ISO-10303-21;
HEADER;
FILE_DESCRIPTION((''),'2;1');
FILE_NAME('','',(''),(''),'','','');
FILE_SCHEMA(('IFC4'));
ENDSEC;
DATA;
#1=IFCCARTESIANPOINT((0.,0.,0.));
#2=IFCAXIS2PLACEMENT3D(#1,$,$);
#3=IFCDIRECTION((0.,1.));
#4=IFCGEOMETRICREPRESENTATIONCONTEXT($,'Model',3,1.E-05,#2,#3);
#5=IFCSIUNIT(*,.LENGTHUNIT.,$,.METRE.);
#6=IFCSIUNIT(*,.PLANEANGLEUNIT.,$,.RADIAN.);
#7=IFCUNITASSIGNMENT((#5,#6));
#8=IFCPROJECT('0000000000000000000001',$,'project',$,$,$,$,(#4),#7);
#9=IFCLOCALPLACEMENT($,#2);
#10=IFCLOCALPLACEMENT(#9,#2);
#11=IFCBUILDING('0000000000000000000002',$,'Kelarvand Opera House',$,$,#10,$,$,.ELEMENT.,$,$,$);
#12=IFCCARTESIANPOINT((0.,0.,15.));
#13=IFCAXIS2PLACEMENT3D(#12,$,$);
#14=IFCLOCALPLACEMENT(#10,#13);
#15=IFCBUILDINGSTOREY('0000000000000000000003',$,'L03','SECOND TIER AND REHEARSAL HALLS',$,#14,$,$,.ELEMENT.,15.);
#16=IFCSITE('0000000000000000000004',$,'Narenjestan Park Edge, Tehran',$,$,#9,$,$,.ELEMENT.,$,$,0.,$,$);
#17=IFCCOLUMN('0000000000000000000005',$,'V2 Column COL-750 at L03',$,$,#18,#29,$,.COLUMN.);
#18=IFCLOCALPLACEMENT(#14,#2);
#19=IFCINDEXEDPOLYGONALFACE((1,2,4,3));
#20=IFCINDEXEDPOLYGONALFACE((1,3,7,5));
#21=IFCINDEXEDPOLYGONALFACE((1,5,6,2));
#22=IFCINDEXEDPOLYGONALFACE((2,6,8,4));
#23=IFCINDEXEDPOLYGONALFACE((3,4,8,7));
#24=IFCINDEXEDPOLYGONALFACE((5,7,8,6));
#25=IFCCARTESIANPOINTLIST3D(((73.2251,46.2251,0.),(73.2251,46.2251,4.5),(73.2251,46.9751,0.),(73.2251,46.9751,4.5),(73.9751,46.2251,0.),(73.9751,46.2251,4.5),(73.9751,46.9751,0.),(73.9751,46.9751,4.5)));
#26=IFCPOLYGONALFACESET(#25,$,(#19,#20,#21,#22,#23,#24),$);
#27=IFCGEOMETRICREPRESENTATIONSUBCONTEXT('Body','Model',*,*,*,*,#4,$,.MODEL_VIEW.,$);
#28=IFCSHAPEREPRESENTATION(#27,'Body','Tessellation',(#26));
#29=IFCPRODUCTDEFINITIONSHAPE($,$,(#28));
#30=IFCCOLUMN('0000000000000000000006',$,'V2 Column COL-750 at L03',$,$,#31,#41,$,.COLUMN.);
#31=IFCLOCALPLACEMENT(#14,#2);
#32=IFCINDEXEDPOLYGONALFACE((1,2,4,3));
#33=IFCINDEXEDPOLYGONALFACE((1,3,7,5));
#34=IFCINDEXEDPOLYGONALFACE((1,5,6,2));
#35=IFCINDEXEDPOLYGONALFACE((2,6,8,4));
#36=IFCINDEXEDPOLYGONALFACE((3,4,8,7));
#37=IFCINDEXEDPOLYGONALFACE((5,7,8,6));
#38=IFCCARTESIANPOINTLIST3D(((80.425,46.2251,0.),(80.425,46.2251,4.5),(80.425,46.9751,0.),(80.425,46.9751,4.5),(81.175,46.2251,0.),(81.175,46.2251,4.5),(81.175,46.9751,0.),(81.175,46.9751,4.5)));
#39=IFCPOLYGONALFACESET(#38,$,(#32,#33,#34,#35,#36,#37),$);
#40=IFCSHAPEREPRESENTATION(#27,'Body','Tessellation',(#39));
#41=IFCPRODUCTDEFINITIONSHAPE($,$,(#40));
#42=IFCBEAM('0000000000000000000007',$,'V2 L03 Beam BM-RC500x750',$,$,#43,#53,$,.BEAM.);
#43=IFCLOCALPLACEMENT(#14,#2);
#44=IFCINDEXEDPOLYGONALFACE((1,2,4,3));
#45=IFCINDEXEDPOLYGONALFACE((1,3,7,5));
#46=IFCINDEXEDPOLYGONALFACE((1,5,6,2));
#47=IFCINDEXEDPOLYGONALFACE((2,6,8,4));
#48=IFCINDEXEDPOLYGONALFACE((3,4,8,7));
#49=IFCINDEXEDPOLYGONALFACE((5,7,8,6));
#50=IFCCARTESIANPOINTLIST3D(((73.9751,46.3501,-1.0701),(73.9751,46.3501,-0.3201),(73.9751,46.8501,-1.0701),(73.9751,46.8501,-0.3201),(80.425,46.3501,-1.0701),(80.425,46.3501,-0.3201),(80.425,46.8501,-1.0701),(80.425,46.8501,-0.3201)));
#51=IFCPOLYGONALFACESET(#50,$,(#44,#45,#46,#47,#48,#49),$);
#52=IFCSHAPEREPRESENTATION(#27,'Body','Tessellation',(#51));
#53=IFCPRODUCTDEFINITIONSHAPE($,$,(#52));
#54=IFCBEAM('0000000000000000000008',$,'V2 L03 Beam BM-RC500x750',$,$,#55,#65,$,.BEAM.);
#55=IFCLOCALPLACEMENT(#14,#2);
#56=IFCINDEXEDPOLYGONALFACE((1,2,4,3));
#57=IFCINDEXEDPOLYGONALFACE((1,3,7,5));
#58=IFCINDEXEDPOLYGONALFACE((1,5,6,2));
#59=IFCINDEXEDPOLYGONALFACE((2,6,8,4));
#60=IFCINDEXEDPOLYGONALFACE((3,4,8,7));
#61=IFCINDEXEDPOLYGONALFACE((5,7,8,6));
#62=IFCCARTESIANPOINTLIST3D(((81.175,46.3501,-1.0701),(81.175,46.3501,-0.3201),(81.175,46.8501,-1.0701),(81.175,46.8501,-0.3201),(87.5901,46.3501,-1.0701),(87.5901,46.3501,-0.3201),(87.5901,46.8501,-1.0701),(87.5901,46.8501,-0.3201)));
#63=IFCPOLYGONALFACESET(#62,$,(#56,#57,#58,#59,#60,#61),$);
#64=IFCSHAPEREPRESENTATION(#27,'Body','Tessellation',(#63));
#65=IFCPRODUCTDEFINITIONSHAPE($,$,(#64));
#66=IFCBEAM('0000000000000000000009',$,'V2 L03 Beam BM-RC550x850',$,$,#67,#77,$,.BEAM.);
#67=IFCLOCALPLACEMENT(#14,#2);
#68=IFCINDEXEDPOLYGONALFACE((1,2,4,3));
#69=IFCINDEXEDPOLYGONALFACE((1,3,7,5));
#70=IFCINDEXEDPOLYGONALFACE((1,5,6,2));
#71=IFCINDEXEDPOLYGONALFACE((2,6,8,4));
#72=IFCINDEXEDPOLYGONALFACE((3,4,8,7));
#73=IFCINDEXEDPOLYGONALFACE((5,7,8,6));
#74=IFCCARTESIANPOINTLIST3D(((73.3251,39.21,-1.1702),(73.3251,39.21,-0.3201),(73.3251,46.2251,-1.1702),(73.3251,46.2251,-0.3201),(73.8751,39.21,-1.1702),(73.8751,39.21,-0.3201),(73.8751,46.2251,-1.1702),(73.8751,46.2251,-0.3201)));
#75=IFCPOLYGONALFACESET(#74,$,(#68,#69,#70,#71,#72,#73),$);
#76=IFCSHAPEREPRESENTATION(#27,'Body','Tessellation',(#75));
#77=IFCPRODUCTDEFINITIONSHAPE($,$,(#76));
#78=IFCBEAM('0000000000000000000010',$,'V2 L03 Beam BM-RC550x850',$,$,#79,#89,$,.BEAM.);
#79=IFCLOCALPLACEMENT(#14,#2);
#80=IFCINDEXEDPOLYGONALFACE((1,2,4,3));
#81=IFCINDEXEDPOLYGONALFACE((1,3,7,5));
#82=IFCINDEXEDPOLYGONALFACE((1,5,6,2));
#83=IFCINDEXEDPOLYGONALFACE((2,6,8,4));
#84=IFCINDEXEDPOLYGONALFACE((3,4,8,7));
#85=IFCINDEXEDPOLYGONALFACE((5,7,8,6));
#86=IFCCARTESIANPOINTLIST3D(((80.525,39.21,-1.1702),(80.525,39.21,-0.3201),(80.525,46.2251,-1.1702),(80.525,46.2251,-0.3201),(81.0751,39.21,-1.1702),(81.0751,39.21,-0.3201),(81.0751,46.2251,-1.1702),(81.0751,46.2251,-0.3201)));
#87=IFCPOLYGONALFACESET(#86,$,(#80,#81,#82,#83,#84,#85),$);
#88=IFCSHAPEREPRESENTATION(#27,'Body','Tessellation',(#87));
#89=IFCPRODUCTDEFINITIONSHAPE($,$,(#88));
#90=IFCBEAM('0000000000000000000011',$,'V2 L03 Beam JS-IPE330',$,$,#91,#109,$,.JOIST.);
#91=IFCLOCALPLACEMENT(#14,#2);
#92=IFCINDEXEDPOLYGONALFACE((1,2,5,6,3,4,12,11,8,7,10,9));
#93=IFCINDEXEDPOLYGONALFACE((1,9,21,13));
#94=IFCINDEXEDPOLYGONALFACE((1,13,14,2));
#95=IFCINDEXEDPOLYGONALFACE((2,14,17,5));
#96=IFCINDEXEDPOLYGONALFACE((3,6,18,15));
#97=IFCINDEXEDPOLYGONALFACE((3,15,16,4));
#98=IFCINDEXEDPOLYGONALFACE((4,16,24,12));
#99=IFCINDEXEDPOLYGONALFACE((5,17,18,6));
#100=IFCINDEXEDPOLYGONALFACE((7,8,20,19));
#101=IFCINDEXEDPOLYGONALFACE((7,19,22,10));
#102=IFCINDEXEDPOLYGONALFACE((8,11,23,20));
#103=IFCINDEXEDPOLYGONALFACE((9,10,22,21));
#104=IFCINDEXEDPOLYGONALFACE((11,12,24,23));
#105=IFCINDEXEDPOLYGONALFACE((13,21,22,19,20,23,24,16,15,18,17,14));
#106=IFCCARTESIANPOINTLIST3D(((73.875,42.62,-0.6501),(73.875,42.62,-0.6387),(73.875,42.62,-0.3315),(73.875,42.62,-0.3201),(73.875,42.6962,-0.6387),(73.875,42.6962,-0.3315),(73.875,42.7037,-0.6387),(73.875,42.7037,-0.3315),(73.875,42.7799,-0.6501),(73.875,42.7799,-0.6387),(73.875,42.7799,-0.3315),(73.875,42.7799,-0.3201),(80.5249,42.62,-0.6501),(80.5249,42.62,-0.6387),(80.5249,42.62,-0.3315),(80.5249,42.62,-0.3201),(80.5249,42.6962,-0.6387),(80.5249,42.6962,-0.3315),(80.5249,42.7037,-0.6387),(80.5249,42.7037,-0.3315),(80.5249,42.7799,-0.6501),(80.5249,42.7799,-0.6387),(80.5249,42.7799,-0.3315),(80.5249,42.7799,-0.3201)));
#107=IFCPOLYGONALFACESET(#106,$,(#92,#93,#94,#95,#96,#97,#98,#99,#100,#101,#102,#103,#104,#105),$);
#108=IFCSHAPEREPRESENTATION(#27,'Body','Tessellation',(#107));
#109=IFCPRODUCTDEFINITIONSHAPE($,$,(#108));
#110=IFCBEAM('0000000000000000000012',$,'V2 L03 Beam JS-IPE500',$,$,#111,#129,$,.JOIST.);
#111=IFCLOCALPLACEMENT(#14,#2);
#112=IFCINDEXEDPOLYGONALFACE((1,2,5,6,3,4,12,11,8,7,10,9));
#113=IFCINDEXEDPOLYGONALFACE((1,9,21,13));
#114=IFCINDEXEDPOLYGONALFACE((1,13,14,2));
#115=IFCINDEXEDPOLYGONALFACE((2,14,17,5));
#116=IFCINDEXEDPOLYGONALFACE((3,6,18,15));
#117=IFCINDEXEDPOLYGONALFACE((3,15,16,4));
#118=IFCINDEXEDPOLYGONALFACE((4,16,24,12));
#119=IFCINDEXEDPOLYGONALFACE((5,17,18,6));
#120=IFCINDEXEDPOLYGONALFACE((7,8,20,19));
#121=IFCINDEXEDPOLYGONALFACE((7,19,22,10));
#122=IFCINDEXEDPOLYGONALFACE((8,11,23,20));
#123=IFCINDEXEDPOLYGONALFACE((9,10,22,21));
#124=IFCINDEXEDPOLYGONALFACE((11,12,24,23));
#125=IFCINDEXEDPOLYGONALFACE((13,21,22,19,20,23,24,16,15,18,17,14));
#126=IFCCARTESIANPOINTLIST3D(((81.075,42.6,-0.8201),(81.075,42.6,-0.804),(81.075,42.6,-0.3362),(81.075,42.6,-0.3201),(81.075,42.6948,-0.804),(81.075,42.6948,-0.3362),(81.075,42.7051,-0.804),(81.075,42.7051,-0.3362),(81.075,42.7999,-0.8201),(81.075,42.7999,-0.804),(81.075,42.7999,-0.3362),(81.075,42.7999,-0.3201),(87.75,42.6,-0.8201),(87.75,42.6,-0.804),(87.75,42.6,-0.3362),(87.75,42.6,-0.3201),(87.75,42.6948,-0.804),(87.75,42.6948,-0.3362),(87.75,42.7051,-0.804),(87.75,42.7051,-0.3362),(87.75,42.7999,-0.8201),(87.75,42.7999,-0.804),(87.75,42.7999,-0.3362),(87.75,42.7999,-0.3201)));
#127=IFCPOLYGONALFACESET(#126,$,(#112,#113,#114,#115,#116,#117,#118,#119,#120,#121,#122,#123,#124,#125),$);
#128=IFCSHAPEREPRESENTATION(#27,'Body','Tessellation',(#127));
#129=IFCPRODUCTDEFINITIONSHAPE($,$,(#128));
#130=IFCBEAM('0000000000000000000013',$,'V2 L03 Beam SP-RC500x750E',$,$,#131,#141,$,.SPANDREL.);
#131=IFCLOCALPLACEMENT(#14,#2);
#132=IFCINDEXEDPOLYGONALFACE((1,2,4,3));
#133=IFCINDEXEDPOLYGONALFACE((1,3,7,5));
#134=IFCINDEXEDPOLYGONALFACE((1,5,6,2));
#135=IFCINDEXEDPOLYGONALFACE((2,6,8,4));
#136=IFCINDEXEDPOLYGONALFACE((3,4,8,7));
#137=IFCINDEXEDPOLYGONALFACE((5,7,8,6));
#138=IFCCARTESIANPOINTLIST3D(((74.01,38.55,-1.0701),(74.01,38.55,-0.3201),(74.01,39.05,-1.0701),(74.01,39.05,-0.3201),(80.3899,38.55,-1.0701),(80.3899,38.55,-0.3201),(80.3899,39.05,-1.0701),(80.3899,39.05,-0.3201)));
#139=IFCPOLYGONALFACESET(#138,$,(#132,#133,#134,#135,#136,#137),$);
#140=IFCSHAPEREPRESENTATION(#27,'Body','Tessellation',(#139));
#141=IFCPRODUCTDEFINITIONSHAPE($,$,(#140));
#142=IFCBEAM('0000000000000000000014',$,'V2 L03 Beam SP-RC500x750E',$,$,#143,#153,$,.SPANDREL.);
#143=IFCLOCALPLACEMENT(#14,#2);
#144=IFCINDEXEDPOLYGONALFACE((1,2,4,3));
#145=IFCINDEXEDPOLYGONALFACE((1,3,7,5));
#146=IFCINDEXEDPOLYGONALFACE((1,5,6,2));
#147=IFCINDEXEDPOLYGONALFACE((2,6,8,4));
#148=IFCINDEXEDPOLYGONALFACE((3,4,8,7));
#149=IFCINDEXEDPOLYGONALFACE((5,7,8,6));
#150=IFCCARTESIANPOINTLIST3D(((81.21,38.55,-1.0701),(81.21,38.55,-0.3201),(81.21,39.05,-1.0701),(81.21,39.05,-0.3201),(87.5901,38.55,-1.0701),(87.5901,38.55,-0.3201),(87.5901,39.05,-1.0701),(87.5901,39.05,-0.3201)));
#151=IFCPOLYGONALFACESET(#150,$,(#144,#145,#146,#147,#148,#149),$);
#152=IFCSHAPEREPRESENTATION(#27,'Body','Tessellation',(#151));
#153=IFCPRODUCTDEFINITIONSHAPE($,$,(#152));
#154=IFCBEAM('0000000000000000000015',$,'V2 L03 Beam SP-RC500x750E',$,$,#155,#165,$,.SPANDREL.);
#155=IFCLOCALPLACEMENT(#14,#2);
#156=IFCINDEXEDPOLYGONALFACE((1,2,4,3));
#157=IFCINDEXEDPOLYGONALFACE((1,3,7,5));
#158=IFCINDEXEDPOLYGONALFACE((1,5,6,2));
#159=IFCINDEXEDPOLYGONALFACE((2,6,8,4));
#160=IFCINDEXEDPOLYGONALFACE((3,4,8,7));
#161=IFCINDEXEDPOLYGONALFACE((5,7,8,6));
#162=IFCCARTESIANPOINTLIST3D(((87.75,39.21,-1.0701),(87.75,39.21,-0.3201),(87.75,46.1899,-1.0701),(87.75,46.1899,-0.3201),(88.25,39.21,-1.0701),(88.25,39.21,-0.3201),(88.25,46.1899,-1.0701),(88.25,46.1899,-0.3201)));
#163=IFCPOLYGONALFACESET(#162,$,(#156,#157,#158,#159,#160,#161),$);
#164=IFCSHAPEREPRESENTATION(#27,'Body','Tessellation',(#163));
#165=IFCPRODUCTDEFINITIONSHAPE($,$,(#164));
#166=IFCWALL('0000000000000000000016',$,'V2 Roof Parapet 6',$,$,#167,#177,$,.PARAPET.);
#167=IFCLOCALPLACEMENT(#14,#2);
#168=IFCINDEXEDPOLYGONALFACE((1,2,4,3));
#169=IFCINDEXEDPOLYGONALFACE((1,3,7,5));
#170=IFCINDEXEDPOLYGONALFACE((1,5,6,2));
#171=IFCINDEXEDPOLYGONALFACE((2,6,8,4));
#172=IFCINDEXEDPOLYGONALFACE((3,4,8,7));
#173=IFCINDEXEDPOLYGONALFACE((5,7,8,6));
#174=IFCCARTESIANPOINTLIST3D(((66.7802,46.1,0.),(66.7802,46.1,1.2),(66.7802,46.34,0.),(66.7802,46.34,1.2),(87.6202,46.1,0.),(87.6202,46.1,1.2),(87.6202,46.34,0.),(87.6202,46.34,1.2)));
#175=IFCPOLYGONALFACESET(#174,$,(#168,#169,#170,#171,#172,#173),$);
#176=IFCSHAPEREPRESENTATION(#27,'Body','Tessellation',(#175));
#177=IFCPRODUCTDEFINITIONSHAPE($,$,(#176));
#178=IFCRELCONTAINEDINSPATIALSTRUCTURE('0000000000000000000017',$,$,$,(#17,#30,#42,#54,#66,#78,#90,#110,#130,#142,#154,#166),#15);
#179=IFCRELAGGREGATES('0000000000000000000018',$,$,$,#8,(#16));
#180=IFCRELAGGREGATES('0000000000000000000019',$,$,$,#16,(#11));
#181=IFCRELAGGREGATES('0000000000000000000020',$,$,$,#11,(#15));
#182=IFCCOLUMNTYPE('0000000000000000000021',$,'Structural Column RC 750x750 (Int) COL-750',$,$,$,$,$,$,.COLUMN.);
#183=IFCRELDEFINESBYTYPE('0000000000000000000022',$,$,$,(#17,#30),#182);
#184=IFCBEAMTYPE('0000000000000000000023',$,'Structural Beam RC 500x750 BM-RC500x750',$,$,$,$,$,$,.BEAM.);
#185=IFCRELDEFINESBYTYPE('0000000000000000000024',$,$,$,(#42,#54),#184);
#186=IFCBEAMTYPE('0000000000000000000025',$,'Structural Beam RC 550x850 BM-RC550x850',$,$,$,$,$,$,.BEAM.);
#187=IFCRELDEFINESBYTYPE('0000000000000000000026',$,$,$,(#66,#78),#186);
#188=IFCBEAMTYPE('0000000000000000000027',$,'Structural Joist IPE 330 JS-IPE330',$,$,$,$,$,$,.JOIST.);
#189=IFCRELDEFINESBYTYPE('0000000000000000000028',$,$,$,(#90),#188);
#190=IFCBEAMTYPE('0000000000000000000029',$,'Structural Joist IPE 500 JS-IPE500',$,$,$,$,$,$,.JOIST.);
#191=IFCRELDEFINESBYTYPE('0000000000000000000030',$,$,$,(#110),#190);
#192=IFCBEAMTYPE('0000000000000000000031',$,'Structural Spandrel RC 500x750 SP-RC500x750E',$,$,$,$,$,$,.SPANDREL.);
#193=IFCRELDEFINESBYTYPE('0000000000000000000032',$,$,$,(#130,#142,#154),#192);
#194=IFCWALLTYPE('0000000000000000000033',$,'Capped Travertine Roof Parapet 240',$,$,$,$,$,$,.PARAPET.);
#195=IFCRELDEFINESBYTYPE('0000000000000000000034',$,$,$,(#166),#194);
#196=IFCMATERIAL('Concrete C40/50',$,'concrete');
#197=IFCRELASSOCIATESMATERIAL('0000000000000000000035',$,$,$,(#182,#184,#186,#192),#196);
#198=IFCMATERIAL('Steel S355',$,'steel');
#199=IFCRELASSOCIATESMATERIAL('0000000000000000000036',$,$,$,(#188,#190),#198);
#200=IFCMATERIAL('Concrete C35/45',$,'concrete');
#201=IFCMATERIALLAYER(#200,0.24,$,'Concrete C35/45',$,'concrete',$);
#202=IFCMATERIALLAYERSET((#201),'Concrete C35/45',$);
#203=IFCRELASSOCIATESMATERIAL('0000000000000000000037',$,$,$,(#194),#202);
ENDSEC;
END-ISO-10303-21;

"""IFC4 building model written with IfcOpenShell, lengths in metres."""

from ifc_helpers import new_model, si_unit, direction, frame, frame_2d, origin, origin_2d, place, context, subcontext, project, spatial, rectangle, i_section, extrude, material, layer, layer_set, material_profile, profile_set, type_object, element, save


model = new_model("IFC4")

# Units and contexts
model_context = context("Model", 3, precision=1e-05, world=origin(), true_north=direction((0.0, 1.0)))
body_context = subcontext(model_context, "Body", "Model", "MODEL_VIEW")
ifc_project = project(units=[si_unit("LENGTHUNIT", "METRE"), si_unit("PLANEANGLEUNIT", "RADIAN")], contexts=[model_context])

# Site, building, storey
site_placement = place(None, origin())
site = spatial("IfcSite", under=ifc_project, at=site_placement, Name="Narenjestan Park Edge, Tehran", CompositionType="ELEMENT", RefElevation=0.0)
building_placement = place(site_placement, origin())
building = spatial("IfcBuilding", under=site, at=building_placement, Name="Kelarvand Opera House", CompositionType="ELEMENT")
storey_placement = place(building_placement, frame((0.0, 0.0, 15.0)))
storey = spatial("IfcBuildingStorey", under=building, at=storey_placement, Name="L03", Description="SECOND TIER AND REHEARSAL HALLS", CompositionType="ELEMENT", Elevation=15.0)

# Columns
ifc_material_1 = material(Name="Concrete C40/50", Category="concrete")
ifc_material_profile_1 = material_profile(ifc_material_1, rectangle(XDim=0.75, YDim=0.75, at=origin_2d()), Name="RC 750x750", Category="concrete")
ifc_profile_set_1 = profile_set([ifc_material_profile_1], Name="Concrete C40/50")
column_type = type_object("IfcColumnType", Name="Structural Column RC 750x750 (Int) COL-750", PredefinedType="COLUMN", material=ifc_profile_set_1)
for number, where, z_axis, x_axis, name in (
    (1, (73.6001, 46.6001, 0.0), (0.0, 0.0, 1.0), (1.0, 0.0, 0.0), "V2 Column COL-750 at L03"),
    (2, (80.8, 46.6001, 0.0), (0.0, 0.0, 1.0), (1.0, 0.0, 0.0), "V2 Column COL-750 at L03"),
):
    element("IfcColumn", number, at=place(storey_placement, frame(where, z_axis=z_axis, x_axis=x_axis)), inside=storey, type_object=column_type, Name=name, PredefinedType="COLUMN", context=body_context, shape_type="SweptSolid", body=[
        extrude(rectangle(XDim=0.75, YDim=0.75, at=origin_2d()), origin(), (0.0, 0.0, 1.0), 4.5),
    ])

# Beams
ifc_material_profile_2 = material_profile(ifc_material_1, rectangle(XDim=0.5, YDim=0.75, at=origin_2d()), Name="RC 500x750", Category="concrete")
ifc_profile_set_2 = profile_set([ifc_material_profile_2], Name="Concrete C40/50")
beam_type_1 = type_object("IfcBeamType", Name="Structural Beam RC 500x750 BM-RC500x750", PredefinedType="BEAM", material=ifc_profile_set_2)
beam_1_placement = place(storey_placement, frame((73.9751, 46.6001, -0.6951), z_axis=(1.0, 0.0, 0.0), x_axis=(0.0, 1.0, 0.0)))
element("IfcBeam", 3, at=beam_1_placement, inside=storey, type_object=beam_type_1, Name="V2 L03 Beam BM-RC500x750", PredefinedType="BEAM", context=body_context, shape_type="SweptSolid", body=[
    extrude(rectangle(XDim=0.5, YDim=0.75, at=origin_2d()), origin(), (0.0, 0.0, 1.0), 6.45),
])
beam_2_placement = place(storey_placement, frame((81.175, 46.6001, -0.6951), z_axis=(1.0, 0.0, 0.0), x_axis=(0.0, 1.0, 0.0)))
element("IfcBeam", 4, at=beam_2_placement, inside=storey, type_object=beam_type_1, Name="V2 L03 Beam BM-RC500x750", PredefinedType="BEAM", context=body_context, shape_type="SweptSolid", body=[
    extrude(rectangle(XDim=0.5, YDim=0.75, at=origin_2d()), origin(), (0.0, 0.0, 1.0), 6.415),
])
ifc_material_profile_3 = material_profile(ifc_material_1, rectangle(XDim=0.55, YDim=0.8501, at=origin_2d()), Name="RC 550x850", Category="concrete")
ifc_profile_set_3 = profile_set([ifc_material_profile_3], Name="Concrete C40/50")
beam_type_2 = type_object("IfcBeamType", Name="Structural Beam RC 550x850 BM-RC550x850", PredefinedType="BEAM", material=ifc_profile_set_3)
for number, where, z_axis, x_axis, name in (
    (5, (73.6001, 39.21, -0.7451), (0.0, 1.0, 0.0), (-1.0, 0.0, 0.0), "V2 L03 Beam BM-RC550x850"),
    (6, (80.8, 39.21, -0.7451), (0.0, 1.0, 0.0), (-1.0, 0.0, 0.0), "V2 L03 Beam BM-RC550x850"),
):
    element("IfcBeam", number, at=place(storey_placement, frame(where, z_axis=z_axis, x_axis=x_axis)), inside=storey, type_object=beam_type_2, Name=name, PredefinedType="BEAM", context=body_context, shape_type="SweptSolid", body=[
        extrude(rectangle(XDim=0.55, YDim=0.8501, at=origin_2d()), origin(), (0.0, 0.0, 1.0), 7.0151),
    ])
ifc_material_2 = material(Name="Steel S355", Category="steel")
ifc_material_profile_4 = material_profile(ifc_material_2, i_section(OverallWidth=0.1599, OverallDepth=0.3301, WebThickness=0.0076, FlangeThickness=0.0115, at=origin_2d()), Name="IPE 330", Category="steel")
ifc_profile_set_4 = profile_set([ifc_material_profile_4], Name="Steel S355")
beam_type_3 = type_object("IfcBeamType", Name="Structural Joist IPE 330 JS-IPE330", PredefinedType="JOIST", material=ifc_profile_set_4)
beam_3_placement = place(storey_placement, frame((73.875, 42.7, -0.4851), z_axis=(1.0, 0.0, 0.0), x_axis=(0.0, 1.0, 0.0)))
element("IfcBeam", 7, at=beam_3_placement, inside=storey, type_object=beam_type_3, Name="V2 L03 Beam JS-IPE330", PredefinedType="JOIST", context=body_context, shape_type="SweptSolid", body=[
    extrude(i_section(OverallWidth=0.1599, OverallDepth=0.3301, WebThickness=0.0076, FlangeThickness=0.0115, at=origin_2d()), origin(), (0.0, 0.0, 1.0), 6.6499),
])
ifc_material_profile_5 = material_profile(ifc_material_2, i_section(OverallWidth=0.2, OverallDepth=0.5, WebThickness=0.0103, FlangeThickness=0.0161, at=origin_2d()), Name="IPE 500", Category="steel")
ifc_profile_set_5 = profile_set([ifc_material_profile_5], Name="Steel S355")
beam_type_4 = type_object("IfcBeamType", Name="Structural Joist IPE 500 JS-IPE500", PredefinedType="JOIST", material=ifc_profile_set_5)
beam_4_placement = place(storey_placement, frame((81.075, 42.7, -0.5701), z_axis=(1.0, 0.0, 0.0), x_axis=(0.0, 1.0, 0.0)))
element("IfcBeam", 8, at=beam_4_placement, inside=storey, type_object=beam_type_4, Name="V2 L03 Beam JS-IPE500", PredefinedType="JOIST", context=body_context, shape_type="SweptSolid", body=[
    extrude(i_section(OverallWidth=0.2, OverallDepth=0.5, WebThickness=0.0103, FlangeThickness=0.0161, at=origin_2d()), origin(), (0.0, 0.0, 1.0), 6.675),
])
ifc_material_profile_6 = material_profile(ifc_material_1, rectangle(XDim=0.5, YDim=0.75, at=origin_2d()), Name="RC 500x750", Category="concrete")
ifc_profile_set_6 = profile_set([ifc_material_profile_6], Name="Concrete C40/50")
beam_type_5 = type_object("IfcBeamType", Name="Structural Spandrel RC 500x750 SP-RC500x750E", PredefinedType="SPANDREL", material=ifc_profile_set_6)
beam_5_placement = place(storey_placement, frame((74.01, 38.8, -0.6951), z_axis=(1.0, 0.0, 0.0), x_axis=(0.0, 1.0, 0.0)))
element("IfcBeam", 9, at=beam_5_placement, inside=storey, type_object=beam_type_5, Name="V2 L03 Beam SP-RC500x750E", PredefinedType="SPANDREL", context=body_context, shape_type="SweptSolid", body=[
    extrude(rectangle(XDim=0.5, YDim=0.75, at=origin_2d()), origin(), (0.0, 0.0, 1.0), 6.3799),
])
beam_6_placement = place(storey_placement, frame((81.21, 38.8, -0.6951), z_axis=(1.0, 0.0, 0.0), x_axis=(0.0, 1.0, 0.0)))
element("IfcBeam", 10, at=beam_6_placement, inside=storey, type_object=beam_type_5, Name="V2 L03 Beam SP-RC500x750E", PredefinedType="SPANDREL", context=body_context, shape_type="SweptSolid", body=[
    extrude(rectangle(XDim=0.5, YDim=0.75, at=origin_2d()), origin(), (0.0, 0.0, 1.0), 6.3801),
])
beam_7_placement = place(storey_placement, frame((88.0, 39.21, -0.6951), z_axis=(0.0, 1.0, 0.0), x_axis=(-1.0, 0.0, 0.0)))
element("IfcBeam", 11, at=beam_7_placement, inside=storey, type_object=beam_type_5, Name="V2 L03 Beam SP-RC500x750E", PredefinedType="SPANDREL", context=body_context, shape_type="SweptSolid", body=[
    extrude(rectangle(XDim=0.5, YDim=0.75, at=origin_2d()), origin(), (0.0, 0.0, 1.0), 6.98),
])

# Wall
ifc_material_3 = material(Name="Concrete C35/45", Category="concrete")
ifc_layer_1 = layer(ifc_material_3, 0.24, Name="Concrete C35/45", Category="concrete")
ifc_layer_set_1 = layer_set([ifc_layer_1], Name="Concrete C35/45")
wall_type_1 = type_object("IfcWallType", Name="Capped Travertine Roof Parapet 240", PredefinedType="PARAPET", material=ifc_layer_set_1)
wall_1_placement = place(storey_placement, frame((87.6201, 46.22, 0.0), z_axis=(0.0, 0.0, 1.0), x_axis=(-1.0, 0.0, 0.0)))
element("IfcWall", 12, at=wall_1_placement, inside=storey, type_object=wall_type_1, Name="V2 Roof Parapet 6", PredefinedType="PARAPET", context=body_context, shape_type="SweptSolid", body=[
    extrude(rectangle(XDim=20.8401, YDim=0.24, at=frame_2d((10.4199, 0.0))), origin(), (0.0, 0.0, 1.0), 1.2),
])

save(model, "model.ifc")
